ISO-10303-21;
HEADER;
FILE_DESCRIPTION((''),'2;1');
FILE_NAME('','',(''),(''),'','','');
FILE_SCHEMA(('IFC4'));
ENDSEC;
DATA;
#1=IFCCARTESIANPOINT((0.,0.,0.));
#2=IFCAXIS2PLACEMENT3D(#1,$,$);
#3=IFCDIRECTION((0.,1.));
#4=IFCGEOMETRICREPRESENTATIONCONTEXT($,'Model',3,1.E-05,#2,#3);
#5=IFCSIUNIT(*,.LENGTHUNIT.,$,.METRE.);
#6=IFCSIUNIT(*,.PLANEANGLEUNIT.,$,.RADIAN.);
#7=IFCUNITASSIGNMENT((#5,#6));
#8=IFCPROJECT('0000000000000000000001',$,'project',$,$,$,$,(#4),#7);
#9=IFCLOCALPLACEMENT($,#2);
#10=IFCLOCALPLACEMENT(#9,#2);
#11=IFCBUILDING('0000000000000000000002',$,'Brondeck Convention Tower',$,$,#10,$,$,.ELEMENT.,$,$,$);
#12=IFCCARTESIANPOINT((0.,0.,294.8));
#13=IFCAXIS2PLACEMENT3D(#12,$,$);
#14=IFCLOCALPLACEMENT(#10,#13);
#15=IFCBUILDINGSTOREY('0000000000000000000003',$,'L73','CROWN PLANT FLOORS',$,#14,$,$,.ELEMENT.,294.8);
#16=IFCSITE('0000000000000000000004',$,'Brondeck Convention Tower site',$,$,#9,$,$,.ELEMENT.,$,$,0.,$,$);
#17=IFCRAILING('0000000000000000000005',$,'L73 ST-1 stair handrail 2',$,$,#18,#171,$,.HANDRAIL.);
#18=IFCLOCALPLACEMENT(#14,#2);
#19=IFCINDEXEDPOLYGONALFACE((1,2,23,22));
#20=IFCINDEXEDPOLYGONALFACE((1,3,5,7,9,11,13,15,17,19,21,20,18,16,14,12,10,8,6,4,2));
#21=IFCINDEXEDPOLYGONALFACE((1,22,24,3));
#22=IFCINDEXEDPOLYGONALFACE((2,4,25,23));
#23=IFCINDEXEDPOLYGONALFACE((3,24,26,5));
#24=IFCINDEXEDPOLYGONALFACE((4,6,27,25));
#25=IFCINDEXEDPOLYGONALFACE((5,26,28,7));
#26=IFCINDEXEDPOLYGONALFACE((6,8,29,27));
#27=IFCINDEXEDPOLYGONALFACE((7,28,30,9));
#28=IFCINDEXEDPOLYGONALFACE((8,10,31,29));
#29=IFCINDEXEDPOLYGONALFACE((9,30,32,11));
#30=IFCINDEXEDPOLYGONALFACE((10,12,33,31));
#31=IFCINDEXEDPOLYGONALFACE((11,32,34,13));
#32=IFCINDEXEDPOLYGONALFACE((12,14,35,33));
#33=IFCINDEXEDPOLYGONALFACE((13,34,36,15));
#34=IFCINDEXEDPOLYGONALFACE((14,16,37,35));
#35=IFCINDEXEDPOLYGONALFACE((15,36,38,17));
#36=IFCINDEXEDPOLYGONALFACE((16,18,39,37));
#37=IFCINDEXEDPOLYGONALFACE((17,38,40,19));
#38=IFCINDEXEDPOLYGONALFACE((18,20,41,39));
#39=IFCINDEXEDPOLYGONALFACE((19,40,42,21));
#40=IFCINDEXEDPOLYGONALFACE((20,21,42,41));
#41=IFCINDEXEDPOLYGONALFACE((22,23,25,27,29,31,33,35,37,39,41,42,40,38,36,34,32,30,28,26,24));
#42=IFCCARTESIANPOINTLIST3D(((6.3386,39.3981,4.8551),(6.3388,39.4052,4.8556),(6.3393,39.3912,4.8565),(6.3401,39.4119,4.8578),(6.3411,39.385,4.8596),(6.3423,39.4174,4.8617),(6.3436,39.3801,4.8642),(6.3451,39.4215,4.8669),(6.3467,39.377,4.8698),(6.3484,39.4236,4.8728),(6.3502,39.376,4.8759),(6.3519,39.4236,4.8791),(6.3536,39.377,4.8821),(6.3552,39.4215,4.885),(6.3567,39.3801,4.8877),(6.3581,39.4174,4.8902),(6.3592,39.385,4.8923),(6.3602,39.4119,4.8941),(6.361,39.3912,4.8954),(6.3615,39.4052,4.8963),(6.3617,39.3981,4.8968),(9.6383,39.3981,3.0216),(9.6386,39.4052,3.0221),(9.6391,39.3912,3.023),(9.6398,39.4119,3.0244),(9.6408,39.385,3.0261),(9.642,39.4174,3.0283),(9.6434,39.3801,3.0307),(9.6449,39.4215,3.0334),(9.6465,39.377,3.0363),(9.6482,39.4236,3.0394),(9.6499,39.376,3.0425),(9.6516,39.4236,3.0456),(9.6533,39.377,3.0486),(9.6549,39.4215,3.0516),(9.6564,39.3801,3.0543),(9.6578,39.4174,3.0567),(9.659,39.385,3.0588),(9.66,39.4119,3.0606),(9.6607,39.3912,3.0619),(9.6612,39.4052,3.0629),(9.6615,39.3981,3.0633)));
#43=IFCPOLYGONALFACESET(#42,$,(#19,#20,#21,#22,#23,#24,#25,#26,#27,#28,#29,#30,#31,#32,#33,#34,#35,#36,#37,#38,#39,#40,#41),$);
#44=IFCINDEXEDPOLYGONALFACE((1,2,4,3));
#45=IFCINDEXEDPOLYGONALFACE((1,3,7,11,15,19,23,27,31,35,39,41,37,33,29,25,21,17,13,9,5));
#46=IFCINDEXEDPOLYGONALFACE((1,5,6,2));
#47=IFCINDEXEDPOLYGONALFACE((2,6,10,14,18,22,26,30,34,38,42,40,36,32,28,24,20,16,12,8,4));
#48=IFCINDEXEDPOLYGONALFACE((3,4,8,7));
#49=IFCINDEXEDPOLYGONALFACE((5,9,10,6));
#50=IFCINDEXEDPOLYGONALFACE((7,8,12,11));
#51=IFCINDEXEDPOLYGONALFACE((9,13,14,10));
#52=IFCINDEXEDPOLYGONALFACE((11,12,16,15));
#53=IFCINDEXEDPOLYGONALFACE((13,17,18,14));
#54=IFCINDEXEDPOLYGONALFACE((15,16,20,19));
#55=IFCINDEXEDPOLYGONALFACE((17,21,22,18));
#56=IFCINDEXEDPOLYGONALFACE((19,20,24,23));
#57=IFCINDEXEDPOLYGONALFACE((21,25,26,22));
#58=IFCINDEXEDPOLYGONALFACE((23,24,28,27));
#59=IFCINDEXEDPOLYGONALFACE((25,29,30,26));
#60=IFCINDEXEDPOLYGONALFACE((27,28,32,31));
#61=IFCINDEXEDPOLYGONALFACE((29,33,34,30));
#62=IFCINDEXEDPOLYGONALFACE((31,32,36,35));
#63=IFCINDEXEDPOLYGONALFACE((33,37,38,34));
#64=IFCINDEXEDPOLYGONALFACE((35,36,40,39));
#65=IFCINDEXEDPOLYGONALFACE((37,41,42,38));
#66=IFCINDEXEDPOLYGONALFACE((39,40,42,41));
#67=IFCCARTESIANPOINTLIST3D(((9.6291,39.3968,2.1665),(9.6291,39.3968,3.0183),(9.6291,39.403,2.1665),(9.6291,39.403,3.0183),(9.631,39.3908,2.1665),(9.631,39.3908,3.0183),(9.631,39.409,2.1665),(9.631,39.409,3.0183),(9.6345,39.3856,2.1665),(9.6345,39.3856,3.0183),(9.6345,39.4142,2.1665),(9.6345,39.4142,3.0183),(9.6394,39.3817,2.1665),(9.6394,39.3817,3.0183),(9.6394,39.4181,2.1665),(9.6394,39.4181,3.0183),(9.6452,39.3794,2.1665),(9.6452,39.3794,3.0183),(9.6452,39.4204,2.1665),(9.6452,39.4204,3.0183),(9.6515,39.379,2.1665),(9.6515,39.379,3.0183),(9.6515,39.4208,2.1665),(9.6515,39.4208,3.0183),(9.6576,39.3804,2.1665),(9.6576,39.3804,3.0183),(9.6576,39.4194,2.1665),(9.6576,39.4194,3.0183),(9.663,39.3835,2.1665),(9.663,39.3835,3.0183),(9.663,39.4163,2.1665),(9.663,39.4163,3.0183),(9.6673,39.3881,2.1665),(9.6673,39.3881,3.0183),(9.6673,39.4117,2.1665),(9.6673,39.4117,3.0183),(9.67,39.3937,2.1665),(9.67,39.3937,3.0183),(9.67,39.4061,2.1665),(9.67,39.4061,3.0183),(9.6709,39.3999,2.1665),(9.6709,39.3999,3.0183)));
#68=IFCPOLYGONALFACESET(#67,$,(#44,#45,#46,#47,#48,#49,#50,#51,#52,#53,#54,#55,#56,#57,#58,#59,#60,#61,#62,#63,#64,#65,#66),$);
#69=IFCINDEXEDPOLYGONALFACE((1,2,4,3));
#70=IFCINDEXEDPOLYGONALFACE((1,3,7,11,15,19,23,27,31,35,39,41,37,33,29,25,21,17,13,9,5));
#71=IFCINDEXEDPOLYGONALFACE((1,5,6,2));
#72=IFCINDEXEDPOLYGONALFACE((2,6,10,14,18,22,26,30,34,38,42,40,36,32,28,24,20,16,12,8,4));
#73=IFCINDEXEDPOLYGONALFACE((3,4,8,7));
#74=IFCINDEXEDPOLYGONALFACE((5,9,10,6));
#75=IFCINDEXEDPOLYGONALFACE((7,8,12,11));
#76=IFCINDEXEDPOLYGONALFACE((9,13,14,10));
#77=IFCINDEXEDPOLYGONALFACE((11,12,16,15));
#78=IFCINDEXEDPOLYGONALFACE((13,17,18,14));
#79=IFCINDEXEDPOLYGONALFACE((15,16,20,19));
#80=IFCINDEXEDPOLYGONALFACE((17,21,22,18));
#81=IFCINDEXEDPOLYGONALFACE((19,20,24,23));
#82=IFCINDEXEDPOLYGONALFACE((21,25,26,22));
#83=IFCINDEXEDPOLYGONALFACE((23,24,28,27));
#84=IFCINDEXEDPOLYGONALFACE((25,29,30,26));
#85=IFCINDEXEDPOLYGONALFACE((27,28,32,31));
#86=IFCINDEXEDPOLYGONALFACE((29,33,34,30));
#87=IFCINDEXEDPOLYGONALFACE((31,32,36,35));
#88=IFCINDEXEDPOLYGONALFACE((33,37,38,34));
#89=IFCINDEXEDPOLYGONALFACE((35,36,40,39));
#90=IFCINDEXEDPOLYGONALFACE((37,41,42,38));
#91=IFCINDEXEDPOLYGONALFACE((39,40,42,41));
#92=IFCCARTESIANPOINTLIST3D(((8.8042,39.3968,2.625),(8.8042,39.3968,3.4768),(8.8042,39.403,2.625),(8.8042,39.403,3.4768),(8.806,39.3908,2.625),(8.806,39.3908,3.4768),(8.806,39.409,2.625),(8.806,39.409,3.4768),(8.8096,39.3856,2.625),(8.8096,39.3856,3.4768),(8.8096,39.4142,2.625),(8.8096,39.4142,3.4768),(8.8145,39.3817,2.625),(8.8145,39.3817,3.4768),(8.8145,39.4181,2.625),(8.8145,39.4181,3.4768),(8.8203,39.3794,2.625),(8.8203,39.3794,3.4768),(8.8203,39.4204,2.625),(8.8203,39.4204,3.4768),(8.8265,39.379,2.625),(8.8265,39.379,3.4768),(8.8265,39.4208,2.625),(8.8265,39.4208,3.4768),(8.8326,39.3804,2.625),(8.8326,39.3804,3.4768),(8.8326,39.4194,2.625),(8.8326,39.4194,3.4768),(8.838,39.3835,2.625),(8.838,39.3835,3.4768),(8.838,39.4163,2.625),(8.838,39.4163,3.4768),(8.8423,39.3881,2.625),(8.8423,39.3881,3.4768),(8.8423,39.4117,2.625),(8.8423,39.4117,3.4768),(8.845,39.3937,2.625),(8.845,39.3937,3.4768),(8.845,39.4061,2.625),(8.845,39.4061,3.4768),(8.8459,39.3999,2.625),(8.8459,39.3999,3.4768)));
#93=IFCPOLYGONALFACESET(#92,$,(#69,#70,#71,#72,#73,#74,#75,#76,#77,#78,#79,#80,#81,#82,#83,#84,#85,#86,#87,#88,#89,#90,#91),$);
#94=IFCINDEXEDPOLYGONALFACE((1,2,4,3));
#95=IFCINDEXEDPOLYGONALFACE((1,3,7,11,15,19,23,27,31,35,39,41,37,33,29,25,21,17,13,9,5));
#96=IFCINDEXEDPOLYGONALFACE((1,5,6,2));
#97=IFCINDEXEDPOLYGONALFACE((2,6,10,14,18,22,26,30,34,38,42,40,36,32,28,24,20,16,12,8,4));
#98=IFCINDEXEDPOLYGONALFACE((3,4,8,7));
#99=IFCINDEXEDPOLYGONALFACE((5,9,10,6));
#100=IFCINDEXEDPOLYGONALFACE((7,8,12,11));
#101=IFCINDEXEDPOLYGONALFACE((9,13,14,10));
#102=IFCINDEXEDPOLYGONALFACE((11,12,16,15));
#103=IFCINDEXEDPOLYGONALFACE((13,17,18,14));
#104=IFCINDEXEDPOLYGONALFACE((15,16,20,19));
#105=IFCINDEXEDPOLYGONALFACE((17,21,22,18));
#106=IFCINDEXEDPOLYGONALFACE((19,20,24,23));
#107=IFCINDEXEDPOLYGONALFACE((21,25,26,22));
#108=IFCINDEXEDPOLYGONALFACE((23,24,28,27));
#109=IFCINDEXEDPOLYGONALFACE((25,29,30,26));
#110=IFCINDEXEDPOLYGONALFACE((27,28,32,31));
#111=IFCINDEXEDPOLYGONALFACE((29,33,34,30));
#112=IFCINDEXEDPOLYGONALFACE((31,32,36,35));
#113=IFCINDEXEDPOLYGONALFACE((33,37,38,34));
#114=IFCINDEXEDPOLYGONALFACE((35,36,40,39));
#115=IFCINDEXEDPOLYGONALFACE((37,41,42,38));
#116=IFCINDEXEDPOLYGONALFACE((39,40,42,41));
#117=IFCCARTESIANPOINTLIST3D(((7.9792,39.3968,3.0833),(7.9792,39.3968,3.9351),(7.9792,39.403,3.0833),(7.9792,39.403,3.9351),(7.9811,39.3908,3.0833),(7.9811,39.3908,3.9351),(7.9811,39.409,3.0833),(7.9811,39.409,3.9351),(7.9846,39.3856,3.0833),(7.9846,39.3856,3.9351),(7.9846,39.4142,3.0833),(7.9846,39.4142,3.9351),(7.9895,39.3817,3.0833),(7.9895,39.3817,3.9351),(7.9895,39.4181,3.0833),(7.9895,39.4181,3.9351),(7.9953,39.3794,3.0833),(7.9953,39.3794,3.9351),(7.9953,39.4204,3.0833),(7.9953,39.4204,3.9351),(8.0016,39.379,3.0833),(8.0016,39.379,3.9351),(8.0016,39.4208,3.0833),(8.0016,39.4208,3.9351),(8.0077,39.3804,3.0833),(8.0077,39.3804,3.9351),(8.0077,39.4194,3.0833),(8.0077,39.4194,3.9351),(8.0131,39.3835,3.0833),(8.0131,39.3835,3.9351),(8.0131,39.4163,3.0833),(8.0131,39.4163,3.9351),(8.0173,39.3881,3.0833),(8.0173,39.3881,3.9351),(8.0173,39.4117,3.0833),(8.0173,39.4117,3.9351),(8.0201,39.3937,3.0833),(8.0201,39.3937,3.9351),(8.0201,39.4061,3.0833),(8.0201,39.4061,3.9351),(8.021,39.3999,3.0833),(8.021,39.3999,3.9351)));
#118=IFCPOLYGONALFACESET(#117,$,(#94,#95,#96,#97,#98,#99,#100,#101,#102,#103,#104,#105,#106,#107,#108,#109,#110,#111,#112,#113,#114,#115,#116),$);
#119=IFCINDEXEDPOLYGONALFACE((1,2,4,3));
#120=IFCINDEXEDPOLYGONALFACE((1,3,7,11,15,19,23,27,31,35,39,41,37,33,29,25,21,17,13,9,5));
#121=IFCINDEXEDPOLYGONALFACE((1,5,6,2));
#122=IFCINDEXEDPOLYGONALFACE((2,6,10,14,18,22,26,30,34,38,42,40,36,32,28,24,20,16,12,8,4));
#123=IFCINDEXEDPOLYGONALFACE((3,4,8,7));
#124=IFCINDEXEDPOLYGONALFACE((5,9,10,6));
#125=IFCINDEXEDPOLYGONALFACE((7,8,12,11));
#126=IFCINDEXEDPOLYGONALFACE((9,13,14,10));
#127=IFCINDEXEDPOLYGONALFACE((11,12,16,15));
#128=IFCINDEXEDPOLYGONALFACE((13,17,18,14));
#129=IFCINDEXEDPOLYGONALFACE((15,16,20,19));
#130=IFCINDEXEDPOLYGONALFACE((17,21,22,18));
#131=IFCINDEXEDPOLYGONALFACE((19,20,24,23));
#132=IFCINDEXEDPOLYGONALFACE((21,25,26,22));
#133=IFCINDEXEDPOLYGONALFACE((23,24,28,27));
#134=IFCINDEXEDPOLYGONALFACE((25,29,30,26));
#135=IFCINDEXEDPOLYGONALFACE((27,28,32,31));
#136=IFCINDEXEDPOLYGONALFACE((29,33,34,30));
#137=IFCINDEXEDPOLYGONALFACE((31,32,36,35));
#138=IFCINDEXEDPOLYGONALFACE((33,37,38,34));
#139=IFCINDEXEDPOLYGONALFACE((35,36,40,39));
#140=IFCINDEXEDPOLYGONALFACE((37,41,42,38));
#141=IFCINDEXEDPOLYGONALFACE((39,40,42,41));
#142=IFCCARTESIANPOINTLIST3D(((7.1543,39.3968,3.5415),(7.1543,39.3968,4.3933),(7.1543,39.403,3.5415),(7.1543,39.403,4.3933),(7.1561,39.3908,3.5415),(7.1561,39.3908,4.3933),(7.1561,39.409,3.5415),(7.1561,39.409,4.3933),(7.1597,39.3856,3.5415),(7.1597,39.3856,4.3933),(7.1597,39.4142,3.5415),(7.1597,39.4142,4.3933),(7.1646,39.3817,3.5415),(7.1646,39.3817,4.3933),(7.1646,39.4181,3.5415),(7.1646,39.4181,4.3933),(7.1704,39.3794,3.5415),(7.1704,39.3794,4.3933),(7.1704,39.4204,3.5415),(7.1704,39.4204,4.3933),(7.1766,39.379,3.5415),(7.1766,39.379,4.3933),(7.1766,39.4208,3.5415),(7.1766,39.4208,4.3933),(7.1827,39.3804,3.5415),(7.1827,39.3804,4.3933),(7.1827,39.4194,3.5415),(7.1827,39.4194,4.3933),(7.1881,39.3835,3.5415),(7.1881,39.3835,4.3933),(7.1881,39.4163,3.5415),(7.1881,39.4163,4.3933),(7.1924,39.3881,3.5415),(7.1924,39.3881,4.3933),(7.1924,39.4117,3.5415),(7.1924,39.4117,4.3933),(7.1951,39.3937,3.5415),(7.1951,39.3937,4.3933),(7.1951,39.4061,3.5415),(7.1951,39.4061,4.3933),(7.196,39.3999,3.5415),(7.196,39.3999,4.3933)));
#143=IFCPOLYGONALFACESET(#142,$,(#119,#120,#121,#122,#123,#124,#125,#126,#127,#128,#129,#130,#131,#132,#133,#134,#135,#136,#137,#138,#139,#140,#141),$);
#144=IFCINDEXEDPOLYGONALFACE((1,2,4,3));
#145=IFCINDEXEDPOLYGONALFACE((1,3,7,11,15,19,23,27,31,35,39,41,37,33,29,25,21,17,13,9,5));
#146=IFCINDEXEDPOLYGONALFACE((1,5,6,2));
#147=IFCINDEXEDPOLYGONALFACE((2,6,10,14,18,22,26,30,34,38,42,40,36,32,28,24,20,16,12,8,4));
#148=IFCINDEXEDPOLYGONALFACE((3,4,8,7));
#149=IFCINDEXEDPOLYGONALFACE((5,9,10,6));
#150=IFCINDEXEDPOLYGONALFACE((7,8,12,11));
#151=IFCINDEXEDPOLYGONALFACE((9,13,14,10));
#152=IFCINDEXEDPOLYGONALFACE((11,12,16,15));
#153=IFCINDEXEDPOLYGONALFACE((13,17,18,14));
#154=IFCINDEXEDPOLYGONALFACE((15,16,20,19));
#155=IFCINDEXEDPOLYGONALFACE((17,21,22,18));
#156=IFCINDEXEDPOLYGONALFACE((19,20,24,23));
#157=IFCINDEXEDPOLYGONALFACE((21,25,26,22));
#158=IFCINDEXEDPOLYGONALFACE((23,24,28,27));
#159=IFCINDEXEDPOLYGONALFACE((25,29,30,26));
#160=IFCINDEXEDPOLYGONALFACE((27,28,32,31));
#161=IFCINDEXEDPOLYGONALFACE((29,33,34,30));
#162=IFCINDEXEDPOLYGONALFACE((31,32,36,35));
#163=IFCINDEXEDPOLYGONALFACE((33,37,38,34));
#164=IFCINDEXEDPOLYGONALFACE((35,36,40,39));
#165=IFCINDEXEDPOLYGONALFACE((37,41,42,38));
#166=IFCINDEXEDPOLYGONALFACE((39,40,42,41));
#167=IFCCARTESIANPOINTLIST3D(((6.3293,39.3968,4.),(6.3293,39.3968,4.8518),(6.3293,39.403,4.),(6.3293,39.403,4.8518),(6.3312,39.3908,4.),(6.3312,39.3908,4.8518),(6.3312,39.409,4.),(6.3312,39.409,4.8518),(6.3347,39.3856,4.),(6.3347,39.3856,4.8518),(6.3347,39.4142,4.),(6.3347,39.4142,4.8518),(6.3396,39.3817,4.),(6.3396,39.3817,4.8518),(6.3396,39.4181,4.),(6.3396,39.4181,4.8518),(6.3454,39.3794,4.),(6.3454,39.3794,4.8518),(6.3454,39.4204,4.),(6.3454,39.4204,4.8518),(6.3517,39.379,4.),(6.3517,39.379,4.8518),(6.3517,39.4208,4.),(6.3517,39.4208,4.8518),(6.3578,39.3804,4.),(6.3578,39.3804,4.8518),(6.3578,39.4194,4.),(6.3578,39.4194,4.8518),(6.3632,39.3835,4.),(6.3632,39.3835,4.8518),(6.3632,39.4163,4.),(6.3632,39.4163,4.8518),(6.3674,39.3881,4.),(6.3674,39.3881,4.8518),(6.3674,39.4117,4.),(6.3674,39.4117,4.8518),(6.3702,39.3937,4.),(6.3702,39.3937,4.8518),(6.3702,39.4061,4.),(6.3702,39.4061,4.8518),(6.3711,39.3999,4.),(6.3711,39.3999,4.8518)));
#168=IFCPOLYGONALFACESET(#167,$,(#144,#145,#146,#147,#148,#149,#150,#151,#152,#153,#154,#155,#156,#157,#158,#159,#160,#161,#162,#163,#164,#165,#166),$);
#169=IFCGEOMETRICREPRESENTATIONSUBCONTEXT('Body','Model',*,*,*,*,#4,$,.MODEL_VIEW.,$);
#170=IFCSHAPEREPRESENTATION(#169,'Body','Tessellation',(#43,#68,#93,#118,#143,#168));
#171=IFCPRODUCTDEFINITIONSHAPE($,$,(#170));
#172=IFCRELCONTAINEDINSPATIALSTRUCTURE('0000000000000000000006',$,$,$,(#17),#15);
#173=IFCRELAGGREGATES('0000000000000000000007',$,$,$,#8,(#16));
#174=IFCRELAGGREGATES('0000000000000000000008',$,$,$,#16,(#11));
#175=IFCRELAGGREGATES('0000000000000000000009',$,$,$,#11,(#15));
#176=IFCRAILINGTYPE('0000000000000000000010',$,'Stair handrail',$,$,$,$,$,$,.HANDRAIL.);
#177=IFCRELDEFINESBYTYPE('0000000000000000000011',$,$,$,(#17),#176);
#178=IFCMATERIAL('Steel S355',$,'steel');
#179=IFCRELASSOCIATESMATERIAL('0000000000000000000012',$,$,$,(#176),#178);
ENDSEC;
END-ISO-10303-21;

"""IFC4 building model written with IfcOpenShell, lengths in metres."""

from ifc_helpers import new_model, si_unit, direction, frame, origin, origin_2d, place, context, subcontext, project, spatial, circle, extrude, material, type_object, element, save


model = new_model("IFC4")

# Units and contexts
model_context = context("Model", 3, precision=1e-05, world=origin(), true_north=direction((0.0, 1.0)))
body_context = subcontext(model_context, "Body", "Model", "MODEL_VIEW")
ifc_project = project(units=[si_unit("LENGTHUNIT", "METRE"), si_unit("PLANEANGLEUNIT", "RADIAN")], contexts=[model_context])

# Site, building, storey
site_placement = place(None, origin())
site = spatial("IfcSite", under=ifc_project, at=site_placement, Name="Brondeck Convention Tower site", CompositionType="ELEMENT", RefElevation=0.0)
building_placement = place(site_placement, origin())
building = spatial("IfcBuilding", under=site, at=building_placement, Name="Brondeck Convention Tower", CompositionType="ELEMENT")
storey_placement = place(building_placement, frame((0.0, 0.0, 294.8)))
storey = spatial("IfcBuildingStorey", under=building, at=storey_placement, Name="L73", Description="CROWN PLANT FLOORS", CompositionType="ELEMENT", Elevation=294.8)

# Railing
ifc_material_1 = material(Name="Steel S355", Category="steel")
railing_type_1 = type_object("IfcRailingType", Name="Stair handrail", PredefinedType="HANDRAIL", material=ifc_material_1)
railing_1_placement = place(storey_placement, frame((9.6499, 39.3999, 2.1665)))
element("IfcRailing", 1, at=railing_1_placement, inside=storey, type_object=railing_type_1, Name="L73 ST-1 stair handrail 2", PredefinedType="HANDRAIL", context=body_context, shape_type="SweptSolid", body=[
    extrude(circle(Radius=0.0239, at=origin_2d()), frame((0.0, 0.0, 0.876), z_axis=(-0.874127, 0.0, 0.485698), x_axis=(0.0, -1.0, 0.0)), (0.0, 0.0, 1.0), 3.7749),
    extrude(circle(Radius=0.021, at=origin_2d()), origin(), (0.0, 0.0, 1.0), 0.8518),
    extrude(circle(Radius=0.021, at=origin_2d()), frame((-0.825, 0.0, 0.4585)), (0.0, 0.0, 1.0), 0.8518),
    extrude(circle(Radius=0.021, at=origin_2d()), frame((-1.6499, 0.0, 0.9167)), (0.0, 0.0, 1.0), 0.8518),
    extrude(circle(Radius=0.021, at=origin_2d()), frame((-2.4749, 0.0, 1.375)), (0.0, 0.0, 1.0), 0.8518),
    extrude(circle(Radius=0.021, at=origin_2d()), frame((-3.2998, 0.0, 1.8335)), (0.0, 0.0, 1.0), 0.8518),
])

save(model, "model.ifc")
